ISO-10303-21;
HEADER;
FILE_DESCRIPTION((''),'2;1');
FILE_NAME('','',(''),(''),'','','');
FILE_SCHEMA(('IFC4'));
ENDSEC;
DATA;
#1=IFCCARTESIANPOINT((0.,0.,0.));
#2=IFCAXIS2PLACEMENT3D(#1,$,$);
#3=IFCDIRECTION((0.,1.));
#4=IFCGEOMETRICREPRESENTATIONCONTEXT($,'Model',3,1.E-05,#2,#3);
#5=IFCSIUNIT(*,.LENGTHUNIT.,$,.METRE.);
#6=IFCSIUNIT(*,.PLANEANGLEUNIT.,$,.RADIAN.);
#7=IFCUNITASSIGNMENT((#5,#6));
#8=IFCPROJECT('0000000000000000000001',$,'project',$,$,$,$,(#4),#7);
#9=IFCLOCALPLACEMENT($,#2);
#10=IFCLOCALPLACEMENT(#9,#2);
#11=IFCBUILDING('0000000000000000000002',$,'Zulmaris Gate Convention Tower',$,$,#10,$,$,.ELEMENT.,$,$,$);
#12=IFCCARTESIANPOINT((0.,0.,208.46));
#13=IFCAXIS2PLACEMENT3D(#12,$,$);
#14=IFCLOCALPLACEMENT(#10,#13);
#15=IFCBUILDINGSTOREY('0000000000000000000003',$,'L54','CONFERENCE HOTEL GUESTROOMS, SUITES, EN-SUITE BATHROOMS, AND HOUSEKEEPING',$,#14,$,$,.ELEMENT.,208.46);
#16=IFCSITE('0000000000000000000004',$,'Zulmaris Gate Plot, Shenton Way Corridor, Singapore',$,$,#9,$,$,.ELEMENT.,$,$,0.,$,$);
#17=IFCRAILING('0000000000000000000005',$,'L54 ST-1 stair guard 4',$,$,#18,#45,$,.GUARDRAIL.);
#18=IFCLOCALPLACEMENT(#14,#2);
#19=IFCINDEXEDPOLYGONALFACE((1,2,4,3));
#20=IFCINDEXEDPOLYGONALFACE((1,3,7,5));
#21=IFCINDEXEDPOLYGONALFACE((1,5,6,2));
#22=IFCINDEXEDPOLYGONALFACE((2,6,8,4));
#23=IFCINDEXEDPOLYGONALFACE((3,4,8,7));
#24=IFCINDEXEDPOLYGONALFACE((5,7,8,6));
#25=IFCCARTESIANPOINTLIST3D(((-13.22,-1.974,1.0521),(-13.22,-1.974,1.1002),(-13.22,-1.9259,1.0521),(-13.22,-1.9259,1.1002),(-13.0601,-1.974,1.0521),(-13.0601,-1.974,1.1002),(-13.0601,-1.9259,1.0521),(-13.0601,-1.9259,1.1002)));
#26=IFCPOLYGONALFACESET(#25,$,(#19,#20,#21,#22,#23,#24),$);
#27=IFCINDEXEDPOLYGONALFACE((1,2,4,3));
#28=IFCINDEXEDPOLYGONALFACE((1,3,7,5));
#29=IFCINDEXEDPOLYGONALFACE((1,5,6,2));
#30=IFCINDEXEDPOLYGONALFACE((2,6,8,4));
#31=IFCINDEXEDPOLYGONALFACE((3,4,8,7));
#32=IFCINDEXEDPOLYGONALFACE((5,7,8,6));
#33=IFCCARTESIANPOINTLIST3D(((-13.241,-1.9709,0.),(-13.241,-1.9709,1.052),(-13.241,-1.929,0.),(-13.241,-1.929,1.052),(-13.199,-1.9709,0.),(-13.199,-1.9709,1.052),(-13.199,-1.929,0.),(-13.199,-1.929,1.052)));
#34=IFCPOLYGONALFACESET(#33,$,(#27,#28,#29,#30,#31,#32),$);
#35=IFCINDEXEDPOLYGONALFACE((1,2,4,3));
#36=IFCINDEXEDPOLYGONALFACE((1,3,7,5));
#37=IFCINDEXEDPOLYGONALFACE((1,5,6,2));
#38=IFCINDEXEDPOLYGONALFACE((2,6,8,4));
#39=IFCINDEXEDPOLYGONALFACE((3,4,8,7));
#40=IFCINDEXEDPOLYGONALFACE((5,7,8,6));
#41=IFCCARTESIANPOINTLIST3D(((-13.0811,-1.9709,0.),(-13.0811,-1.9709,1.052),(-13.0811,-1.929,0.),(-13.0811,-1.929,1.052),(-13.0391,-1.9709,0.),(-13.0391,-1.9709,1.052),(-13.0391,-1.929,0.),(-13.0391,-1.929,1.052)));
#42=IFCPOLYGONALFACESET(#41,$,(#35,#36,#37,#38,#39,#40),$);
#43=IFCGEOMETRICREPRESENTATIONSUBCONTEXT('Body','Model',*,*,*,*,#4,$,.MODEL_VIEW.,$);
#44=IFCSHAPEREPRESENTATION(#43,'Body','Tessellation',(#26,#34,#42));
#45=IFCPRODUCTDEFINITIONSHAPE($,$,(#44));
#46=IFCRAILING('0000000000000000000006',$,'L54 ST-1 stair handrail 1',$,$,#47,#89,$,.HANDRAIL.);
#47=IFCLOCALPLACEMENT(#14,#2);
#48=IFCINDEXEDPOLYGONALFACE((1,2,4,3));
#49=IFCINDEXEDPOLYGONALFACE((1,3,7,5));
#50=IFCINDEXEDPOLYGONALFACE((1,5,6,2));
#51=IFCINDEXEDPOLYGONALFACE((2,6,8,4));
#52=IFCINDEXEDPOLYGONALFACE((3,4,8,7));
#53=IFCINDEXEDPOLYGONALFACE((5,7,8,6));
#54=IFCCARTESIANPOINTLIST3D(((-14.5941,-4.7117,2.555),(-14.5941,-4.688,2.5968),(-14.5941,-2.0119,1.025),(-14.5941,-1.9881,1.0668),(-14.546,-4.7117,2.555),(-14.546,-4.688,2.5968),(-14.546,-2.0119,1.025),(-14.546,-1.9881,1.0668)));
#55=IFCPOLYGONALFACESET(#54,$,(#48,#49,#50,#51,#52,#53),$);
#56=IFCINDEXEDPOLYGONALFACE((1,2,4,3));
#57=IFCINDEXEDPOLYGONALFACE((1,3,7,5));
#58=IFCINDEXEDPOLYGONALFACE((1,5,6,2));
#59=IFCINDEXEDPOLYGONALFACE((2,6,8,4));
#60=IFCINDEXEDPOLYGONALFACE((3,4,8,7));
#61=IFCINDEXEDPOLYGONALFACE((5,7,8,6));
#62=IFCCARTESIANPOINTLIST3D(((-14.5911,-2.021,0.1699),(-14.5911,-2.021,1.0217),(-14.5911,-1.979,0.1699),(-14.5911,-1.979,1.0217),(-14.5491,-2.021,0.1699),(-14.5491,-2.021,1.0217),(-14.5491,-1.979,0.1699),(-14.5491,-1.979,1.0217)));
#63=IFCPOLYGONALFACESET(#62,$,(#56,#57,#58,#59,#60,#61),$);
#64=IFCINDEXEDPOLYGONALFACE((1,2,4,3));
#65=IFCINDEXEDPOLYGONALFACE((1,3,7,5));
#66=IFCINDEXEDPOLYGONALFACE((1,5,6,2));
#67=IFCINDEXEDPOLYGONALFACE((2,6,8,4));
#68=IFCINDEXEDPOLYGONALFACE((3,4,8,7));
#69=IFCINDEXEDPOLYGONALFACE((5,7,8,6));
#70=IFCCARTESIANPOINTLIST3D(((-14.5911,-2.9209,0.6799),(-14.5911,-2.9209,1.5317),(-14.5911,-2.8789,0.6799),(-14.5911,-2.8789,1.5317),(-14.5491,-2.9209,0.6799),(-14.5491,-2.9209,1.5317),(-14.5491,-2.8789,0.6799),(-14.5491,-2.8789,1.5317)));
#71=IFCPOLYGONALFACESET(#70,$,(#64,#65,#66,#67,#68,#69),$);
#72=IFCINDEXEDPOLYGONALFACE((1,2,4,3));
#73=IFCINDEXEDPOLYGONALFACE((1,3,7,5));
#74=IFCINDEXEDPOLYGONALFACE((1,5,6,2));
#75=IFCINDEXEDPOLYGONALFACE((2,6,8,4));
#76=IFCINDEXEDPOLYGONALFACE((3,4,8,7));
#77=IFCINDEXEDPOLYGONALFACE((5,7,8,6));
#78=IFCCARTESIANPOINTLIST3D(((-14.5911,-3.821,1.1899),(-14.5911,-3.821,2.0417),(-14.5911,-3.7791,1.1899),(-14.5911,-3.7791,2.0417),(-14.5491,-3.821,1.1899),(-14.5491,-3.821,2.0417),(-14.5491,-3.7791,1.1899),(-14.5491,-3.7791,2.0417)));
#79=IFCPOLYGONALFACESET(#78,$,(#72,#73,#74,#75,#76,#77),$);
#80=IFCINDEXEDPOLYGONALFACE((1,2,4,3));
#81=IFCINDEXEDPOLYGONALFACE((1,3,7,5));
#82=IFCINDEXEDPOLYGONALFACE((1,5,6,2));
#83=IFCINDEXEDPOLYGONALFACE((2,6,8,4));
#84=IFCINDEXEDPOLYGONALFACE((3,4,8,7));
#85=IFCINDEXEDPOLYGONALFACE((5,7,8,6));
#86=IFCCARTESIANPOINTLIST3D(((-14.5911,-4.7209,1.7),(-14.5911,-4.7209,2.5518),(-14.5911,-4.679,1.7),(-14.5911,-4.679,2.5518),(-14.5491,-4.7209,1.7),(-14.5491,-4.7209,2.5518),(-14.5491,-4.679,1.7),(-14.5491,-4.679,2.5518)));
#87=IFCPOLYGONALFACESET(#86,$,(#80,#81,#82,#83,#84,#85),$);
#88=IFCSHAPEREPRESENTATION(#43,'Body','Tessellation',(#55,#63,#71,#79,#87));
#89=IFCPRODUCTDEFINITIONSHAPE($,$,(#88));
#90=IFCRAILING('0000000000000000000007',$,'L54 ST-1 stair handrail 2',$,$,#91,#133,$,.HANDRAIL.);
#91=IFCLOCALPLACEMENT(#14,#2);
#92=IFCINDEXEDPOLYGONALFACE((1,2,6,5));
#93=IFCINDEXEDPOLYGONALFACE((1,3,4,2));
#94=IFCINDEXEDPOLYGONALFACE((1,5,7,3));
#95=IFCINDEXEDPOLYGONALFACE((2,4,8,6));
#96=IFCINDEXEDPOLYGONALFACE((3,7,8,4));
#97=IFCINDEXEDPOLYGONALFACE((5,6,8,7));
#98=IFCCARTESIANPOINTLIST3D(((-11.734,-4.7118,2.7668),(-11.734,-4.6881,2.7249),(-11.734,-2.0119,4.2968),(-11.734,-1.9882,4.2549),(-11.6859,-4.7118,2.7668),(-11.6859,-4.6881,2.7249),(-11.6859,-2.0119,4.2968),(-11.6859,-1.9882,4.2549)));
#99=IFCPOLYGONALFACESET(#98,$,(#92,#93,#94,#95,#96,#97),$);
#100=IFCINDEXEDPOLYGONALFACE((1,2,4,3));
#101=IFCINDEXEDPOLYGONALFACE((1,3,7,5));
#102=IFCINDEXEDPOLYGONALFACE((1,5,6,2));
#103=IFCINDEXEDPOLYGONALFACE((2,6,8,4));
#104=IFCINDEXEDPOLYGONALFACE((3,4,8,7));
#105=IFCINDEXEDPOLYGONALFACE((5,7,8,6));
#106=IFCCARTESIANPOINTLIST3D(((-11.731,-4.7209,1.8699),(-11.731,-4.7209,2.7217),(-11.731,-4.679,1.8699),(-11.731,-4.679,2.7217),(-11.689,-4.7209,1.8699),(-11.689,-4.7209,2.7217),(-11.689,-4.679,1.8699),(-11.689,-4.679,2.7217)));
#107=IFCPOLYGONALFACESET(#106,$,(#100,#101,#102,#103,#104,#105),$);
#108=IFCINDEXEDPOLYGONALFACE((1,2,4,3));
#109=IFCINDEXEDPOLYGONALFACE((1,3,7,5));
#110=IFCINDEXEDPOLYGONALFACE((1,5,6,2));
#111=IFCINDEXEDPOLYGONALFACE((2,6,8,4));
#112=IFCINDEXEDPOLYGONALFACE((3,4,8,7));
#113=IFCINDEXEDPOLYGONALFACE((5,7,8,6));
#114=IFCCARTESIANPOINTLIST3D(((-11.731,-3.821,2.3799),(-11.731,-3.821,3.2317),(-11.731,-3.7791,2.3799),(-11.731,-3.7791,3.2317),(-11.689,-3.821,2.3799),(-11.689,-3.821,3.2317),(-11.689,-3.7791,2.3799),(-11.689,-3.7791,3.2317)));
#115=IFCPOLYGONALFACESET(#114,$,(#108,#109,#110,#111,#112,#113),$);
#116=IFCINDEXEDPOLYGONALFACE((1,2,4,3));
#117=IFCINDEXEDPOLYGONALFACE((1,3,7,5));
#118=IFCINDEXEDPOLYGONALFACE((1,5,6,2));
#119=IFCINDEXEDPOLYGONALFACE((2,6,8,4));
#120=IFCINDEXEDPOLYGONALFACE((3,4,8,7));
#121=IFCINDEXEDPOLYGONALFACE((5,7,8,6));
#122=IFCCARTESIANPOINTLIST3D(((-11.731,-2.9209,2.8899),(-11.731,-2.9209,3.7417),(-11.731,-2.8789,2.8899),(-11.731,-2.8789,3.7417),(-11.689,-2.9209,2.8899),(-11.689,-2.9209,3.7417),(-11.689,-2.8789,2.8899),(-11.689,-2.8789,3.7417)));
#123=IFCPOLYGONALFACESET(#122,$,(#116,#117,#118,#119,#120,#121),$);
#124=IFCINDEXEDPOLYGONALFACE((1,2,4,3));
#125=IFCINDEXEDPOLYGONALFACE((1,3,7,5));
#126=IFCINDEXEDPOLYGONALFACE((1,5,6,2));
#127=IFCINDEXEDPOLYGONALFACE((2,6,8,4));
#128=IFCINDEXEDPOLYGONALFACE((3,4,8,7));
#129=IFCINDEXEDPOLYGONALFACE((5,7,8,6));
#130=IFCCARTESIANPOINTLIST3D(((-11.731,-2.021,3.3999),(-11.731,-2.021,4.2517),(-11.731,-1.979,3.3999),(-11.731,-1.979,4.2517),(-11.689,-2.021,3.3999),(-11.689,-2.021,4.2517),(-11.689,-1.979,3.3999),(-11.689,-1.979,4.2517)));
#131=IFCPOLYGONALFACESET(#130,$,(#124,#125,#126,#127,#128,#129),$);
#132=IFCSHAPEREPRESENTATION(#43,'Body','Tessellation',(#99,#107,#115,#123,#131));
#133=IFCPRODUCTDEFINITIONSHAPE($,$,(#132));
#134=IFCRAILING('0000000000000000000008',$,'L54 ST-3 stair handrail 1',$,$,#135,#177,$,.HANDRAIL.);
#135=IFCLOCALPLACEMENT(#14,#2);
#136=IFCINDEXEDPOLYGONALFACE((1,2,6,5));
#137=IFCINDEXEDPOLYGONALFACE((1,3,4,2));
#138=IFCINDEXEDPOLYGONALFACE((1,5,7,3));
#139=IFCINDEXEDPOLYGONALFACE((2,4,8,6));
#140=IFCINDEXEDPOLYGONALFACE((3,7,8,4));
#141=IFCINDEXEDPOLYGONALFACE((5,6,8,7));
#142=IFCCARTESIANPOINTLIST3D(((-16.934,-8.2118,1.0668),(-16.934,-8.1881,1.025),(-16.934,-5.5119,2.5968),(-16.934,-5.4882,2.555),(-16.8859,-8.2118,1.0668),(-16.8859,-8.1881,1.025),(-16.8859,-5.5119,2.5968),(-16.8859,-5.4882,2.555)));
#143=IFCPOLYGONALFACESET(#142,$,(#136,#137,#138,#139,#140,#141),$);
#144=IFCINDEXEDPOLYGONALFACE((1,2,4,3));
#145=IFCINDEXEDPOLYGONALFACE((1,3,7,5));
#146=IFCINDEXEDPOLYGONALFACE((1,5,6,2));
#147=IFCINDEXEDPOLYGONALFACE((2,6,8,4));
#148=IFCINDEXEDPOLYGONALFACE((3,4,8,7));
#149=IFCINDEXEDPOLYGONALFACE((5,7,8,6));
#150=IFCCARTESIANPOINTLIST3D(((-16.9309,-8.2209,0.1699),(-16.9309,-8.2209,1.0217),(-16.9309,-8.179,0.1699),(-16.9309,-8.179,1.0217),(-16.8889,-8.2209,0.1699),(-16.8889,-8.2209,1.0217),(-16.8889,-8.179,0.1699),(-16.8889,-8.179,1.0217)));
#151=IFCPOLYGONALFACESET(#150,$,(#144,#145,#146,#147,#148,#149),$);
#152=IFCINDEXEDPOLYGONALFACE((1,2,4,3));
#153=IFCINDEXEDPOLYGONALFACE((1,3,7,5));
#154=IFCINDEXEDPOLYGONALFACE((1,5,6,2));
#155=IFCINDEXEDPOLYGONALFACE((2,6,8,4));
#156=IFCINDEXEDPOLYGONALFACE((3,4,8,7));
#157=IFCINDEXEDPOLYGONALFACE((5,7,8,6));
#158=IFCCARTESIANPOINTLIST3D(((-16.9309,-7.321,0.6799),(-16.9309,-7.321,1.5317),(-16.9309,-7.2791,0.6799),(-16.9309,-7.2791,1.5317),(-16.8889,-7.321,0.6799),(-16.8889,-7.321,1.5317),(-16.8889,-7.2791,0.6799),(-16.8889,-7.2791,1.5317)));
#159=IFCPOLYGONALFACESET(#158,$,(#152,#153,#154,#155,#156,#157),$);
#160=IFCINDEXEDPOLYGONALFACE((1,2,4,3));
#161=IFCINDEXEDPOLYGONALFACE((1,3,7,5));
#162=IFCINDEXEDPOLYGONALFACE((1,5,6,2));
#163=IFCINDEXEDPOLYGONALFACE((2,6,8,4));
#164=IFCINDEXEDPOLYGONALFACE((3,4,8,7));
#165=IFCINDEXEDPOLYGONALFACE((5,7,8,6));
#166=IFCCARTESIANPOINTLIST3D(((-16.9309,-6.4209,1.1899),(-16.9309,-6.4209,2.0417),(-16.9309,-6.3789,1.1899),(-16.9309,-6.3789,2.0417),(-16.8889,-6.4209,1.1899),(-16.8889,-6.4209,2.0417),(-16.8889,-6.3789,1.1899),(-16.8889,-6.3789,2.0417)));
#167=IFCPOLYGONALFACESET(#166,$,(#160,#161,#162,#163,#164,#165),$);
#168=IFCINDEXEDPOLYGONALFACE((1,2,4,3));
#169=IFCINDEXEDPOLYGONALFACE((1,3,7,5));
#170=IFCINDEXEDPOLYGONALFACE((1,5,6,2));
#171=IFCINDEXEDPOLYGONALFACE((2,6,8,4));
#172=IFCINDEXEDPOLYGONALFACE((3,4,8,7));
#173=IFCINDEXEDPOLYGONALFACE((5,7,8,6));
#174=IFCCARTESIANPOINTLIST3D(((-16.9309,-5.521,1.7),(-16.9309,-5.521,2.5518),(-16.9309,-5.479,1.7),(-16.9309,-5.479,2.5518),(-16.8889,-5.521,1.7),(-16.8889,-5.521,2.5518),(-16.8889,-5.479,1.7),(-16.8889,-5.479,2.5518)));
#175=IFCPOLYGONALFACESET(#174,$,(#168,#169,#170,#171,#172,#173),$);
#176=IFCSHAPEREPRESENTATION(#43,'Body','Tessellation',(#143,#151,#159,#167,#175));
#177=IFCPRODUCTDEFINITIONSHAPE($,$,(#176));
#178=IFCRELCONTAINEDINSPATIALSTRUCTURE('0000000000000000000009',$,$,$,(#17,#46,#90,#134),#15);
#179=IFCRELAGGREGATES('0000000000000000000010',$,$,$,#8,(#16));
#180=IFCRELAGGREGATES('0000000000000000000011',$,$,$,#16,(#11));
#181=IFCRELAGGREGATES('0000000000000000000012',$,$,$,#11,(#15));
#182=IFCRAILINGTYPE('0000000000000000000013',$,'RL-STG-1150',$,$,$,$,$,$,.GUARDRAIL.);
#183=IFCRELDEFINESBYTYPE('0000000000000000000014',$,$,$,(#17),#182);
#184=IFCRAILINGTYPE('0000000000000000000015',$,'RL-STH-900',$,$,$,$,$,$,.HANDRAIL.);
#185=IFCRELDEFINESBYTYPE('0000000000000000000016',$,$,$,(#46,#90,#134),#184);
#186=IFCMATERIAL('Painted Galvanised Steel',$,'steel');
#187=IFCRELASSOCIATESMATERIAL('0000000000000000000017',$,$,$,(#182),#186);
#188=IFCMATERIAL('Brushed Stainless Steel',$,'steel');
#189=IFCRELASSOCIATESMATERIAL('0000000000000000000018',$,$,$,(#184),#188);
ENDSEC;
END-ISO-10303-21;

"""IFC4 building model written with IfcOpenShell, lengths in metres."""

from ifc_helpers import new_model, si_unit, direction, frame, origin, origin_2d, place, context, subcontext, project, spatial, rectangle, extrude, material, type_object, element, save


model = new_model("IFC4")

# Units and contexts
model_context = context("Model", 3, precision=1e-05, world=origin(), true_north=direction((0.0, 1.0)))
body_context = subcontext(model_context, "Body", "Model", "MODEL_VIEW")
ifc_project = project(units=[si_unit("LENGTHUNIT", "METRE"), si_unit("PLANEANGLEUNIT", "RADIAN")], contexts=[model_context])

# Site, building, storey
site_placement = place(None, origin())
site = spatial("IfcSite", under=ifc_project, at=site_placement, Name="Zulmaris Gate Plot, Shenton Way Corridor, Singapore", CompositionType="ELEMENT", RefElevation=0.0)
building_placement = place(site_placement, origin())
building = spatial("IfcBuilding", under=site, at=building_placement, Name="Zulmaris Gate Convention Tower", CompositionType="ELEMENT")
storey_placement = place(building_placement, frame((0.0, 0.0, 208.46)))
storey = spatial("IfcBuildingStorey", under=building, at=storey_placement, Name="L54", Description="CONFERENCE HOTEL GUESTROOMS, SUITES, EN-SUITE BATHROOMS, AND HOUSEKEEPING", CompositionType="ELEMENT", Elevation=208.46)

# Shared definitions
ifc_material_1 = material(Name="Brushed Stainless Steel", Category="steel")

# Railings
ifc_material_2 = material(Name="Painted Galvanised Steel", Category="steel")
railing_type_1 = type_object("IfcRailingType", Name="RL-STG-1150", PredefinedType="GUARDRAIL", material=ifc_material_2)
railing_1_placement = place(storey_placement, frame((-13.22, -1.95, 0.0)))
element("IfcRailing", 1, at=railing_1_placement, inside=storey, type_object=railing_type_1, Name="L54 ST-1 stair guard 4", PredefinedType="GUARDRAIL", context=body_context, shape_type="SweptSolid", body=[
    extrude(rectangle(XDim=0.0481, YDim=0.0481, at=origin_2d()), frame((0.0, 0.0, 1.0762), z_axis=(1.0, 0.0, 0.0), x_axis=(0.0, 1.0, 0.0)), (0.0, 0.0, 1.0), 0.1599),
    extrude(rectangle(XDim=0.042, YDim=0.042, at=origin_2d()), origin(), (0.0, 0.0, 1.0), 1.052),
    extrude(rectangle(XDim=0.042, YDim=0.042, at=origin_2d()), frame((0.1599, 0.0, 0.0)), (0.0, 0.0, 1.0), 1.052),
])
railing_type_2 = type_object("IfcRailingType", Name="RL-STH-900", PredefinedType="HANDRAIL", material=ifc_material_1)
railing_2_placement = place(storey_placement, frame((-14.5701, -2.0, 0.1699)))
element("IfcRailing", 2, at=railing_2_placement, inside=storey, type_object=railing_type_2, Name="L54 ST-1 stair handrail 1", PredefinedType="HANDRAIL", context=body_context, shape_type="SweptSolid", body=[
    extrude(rectangle(XDim=0.0481, YDim=0.0481, at=origin_2d()), frame((0.0, 0.0, 0.876), z_axis=(0.0, -0.870014, 0.493026), x_axis=(1.0, 0.0, 0.0)), (0.0, 0.0, 1.0), 3.1033),
    extrude(rectangle(XDim=0.042, YDim=0.042, at=origin_2d()), origin(), (0.0, 0.0, 1.0), 0.8518),
    extrude(rectangle(XDim=0.042, YDim=0.042, at=origin_2d()), frame((0.0, -0.8999, 0.51)), (0.0, 0.0, 1.0), 0.8518),
    extrude(rectangle(XDim=0.042, YDim=0.042, at=origin_2d()), frame((0.0, -1.8, 1.02)), (0.0, 0.0, 1.0), 0.8518),
    extrude(rectangle(XDim=0.042, YDim=0.042, at=origin_2d()), frame((0.0, -2.7, 1.53)), (0.0, 0.0, 1.0), 0.8518),
])
for number, where, name in (
    (3, (-11.71, -4.7, 1.8699), "L54 ST-1 stair handrail 2"),
    (4, (-16.9099, -8.2, 0.1699), "L54 ST-3 stair handrail 1"),
):
    element("IfcRailing", number, at=place(storey_placement, frame(where)), inside=storey, type_object=railing_type_2, Name=name, PredefinedType="HANDRAIL", context=body_context, shape_type="SweptSolid", body=[
        extrude(rectangle(XDim=0.0481, YDim=0.0481, at=origin_2d()), frame((0.0, 0.0, 0.876), z_axis=(0.0, 0.870014, 0.493026), x_axis=(-1.0, 0.0, 0.0)), (0.0, 0.0, 1.0), 3.1033),
        extrude(rectangle(XDim=0.042, YDim=0.042, at=origin_2d()), origin(), (0.0, 0.0, 1.0), 0.8518),
        extrude(rectangle(XDim=0.042, YDim=0.042, at=origin_2d()), frame((0.0, 0.8999, 0.51)), (0.0, 0.0, 1.0), 0.8518),
        extrude(rectangle(XDim=0.042, YDim=0.042, at=origin_2d()), frame((0.0, 1.8, 1.02)), (0.0, 0.0, 1.0), 0.8518),
        extrude(rectangle(XDim=0.042, YDim=0.042, at=origin_2d()), frame((0.0, 2.7, 1.53)), (0.0, 0.0, 1.0), 0.8518),
    ])

save(model, "model.ifc")
